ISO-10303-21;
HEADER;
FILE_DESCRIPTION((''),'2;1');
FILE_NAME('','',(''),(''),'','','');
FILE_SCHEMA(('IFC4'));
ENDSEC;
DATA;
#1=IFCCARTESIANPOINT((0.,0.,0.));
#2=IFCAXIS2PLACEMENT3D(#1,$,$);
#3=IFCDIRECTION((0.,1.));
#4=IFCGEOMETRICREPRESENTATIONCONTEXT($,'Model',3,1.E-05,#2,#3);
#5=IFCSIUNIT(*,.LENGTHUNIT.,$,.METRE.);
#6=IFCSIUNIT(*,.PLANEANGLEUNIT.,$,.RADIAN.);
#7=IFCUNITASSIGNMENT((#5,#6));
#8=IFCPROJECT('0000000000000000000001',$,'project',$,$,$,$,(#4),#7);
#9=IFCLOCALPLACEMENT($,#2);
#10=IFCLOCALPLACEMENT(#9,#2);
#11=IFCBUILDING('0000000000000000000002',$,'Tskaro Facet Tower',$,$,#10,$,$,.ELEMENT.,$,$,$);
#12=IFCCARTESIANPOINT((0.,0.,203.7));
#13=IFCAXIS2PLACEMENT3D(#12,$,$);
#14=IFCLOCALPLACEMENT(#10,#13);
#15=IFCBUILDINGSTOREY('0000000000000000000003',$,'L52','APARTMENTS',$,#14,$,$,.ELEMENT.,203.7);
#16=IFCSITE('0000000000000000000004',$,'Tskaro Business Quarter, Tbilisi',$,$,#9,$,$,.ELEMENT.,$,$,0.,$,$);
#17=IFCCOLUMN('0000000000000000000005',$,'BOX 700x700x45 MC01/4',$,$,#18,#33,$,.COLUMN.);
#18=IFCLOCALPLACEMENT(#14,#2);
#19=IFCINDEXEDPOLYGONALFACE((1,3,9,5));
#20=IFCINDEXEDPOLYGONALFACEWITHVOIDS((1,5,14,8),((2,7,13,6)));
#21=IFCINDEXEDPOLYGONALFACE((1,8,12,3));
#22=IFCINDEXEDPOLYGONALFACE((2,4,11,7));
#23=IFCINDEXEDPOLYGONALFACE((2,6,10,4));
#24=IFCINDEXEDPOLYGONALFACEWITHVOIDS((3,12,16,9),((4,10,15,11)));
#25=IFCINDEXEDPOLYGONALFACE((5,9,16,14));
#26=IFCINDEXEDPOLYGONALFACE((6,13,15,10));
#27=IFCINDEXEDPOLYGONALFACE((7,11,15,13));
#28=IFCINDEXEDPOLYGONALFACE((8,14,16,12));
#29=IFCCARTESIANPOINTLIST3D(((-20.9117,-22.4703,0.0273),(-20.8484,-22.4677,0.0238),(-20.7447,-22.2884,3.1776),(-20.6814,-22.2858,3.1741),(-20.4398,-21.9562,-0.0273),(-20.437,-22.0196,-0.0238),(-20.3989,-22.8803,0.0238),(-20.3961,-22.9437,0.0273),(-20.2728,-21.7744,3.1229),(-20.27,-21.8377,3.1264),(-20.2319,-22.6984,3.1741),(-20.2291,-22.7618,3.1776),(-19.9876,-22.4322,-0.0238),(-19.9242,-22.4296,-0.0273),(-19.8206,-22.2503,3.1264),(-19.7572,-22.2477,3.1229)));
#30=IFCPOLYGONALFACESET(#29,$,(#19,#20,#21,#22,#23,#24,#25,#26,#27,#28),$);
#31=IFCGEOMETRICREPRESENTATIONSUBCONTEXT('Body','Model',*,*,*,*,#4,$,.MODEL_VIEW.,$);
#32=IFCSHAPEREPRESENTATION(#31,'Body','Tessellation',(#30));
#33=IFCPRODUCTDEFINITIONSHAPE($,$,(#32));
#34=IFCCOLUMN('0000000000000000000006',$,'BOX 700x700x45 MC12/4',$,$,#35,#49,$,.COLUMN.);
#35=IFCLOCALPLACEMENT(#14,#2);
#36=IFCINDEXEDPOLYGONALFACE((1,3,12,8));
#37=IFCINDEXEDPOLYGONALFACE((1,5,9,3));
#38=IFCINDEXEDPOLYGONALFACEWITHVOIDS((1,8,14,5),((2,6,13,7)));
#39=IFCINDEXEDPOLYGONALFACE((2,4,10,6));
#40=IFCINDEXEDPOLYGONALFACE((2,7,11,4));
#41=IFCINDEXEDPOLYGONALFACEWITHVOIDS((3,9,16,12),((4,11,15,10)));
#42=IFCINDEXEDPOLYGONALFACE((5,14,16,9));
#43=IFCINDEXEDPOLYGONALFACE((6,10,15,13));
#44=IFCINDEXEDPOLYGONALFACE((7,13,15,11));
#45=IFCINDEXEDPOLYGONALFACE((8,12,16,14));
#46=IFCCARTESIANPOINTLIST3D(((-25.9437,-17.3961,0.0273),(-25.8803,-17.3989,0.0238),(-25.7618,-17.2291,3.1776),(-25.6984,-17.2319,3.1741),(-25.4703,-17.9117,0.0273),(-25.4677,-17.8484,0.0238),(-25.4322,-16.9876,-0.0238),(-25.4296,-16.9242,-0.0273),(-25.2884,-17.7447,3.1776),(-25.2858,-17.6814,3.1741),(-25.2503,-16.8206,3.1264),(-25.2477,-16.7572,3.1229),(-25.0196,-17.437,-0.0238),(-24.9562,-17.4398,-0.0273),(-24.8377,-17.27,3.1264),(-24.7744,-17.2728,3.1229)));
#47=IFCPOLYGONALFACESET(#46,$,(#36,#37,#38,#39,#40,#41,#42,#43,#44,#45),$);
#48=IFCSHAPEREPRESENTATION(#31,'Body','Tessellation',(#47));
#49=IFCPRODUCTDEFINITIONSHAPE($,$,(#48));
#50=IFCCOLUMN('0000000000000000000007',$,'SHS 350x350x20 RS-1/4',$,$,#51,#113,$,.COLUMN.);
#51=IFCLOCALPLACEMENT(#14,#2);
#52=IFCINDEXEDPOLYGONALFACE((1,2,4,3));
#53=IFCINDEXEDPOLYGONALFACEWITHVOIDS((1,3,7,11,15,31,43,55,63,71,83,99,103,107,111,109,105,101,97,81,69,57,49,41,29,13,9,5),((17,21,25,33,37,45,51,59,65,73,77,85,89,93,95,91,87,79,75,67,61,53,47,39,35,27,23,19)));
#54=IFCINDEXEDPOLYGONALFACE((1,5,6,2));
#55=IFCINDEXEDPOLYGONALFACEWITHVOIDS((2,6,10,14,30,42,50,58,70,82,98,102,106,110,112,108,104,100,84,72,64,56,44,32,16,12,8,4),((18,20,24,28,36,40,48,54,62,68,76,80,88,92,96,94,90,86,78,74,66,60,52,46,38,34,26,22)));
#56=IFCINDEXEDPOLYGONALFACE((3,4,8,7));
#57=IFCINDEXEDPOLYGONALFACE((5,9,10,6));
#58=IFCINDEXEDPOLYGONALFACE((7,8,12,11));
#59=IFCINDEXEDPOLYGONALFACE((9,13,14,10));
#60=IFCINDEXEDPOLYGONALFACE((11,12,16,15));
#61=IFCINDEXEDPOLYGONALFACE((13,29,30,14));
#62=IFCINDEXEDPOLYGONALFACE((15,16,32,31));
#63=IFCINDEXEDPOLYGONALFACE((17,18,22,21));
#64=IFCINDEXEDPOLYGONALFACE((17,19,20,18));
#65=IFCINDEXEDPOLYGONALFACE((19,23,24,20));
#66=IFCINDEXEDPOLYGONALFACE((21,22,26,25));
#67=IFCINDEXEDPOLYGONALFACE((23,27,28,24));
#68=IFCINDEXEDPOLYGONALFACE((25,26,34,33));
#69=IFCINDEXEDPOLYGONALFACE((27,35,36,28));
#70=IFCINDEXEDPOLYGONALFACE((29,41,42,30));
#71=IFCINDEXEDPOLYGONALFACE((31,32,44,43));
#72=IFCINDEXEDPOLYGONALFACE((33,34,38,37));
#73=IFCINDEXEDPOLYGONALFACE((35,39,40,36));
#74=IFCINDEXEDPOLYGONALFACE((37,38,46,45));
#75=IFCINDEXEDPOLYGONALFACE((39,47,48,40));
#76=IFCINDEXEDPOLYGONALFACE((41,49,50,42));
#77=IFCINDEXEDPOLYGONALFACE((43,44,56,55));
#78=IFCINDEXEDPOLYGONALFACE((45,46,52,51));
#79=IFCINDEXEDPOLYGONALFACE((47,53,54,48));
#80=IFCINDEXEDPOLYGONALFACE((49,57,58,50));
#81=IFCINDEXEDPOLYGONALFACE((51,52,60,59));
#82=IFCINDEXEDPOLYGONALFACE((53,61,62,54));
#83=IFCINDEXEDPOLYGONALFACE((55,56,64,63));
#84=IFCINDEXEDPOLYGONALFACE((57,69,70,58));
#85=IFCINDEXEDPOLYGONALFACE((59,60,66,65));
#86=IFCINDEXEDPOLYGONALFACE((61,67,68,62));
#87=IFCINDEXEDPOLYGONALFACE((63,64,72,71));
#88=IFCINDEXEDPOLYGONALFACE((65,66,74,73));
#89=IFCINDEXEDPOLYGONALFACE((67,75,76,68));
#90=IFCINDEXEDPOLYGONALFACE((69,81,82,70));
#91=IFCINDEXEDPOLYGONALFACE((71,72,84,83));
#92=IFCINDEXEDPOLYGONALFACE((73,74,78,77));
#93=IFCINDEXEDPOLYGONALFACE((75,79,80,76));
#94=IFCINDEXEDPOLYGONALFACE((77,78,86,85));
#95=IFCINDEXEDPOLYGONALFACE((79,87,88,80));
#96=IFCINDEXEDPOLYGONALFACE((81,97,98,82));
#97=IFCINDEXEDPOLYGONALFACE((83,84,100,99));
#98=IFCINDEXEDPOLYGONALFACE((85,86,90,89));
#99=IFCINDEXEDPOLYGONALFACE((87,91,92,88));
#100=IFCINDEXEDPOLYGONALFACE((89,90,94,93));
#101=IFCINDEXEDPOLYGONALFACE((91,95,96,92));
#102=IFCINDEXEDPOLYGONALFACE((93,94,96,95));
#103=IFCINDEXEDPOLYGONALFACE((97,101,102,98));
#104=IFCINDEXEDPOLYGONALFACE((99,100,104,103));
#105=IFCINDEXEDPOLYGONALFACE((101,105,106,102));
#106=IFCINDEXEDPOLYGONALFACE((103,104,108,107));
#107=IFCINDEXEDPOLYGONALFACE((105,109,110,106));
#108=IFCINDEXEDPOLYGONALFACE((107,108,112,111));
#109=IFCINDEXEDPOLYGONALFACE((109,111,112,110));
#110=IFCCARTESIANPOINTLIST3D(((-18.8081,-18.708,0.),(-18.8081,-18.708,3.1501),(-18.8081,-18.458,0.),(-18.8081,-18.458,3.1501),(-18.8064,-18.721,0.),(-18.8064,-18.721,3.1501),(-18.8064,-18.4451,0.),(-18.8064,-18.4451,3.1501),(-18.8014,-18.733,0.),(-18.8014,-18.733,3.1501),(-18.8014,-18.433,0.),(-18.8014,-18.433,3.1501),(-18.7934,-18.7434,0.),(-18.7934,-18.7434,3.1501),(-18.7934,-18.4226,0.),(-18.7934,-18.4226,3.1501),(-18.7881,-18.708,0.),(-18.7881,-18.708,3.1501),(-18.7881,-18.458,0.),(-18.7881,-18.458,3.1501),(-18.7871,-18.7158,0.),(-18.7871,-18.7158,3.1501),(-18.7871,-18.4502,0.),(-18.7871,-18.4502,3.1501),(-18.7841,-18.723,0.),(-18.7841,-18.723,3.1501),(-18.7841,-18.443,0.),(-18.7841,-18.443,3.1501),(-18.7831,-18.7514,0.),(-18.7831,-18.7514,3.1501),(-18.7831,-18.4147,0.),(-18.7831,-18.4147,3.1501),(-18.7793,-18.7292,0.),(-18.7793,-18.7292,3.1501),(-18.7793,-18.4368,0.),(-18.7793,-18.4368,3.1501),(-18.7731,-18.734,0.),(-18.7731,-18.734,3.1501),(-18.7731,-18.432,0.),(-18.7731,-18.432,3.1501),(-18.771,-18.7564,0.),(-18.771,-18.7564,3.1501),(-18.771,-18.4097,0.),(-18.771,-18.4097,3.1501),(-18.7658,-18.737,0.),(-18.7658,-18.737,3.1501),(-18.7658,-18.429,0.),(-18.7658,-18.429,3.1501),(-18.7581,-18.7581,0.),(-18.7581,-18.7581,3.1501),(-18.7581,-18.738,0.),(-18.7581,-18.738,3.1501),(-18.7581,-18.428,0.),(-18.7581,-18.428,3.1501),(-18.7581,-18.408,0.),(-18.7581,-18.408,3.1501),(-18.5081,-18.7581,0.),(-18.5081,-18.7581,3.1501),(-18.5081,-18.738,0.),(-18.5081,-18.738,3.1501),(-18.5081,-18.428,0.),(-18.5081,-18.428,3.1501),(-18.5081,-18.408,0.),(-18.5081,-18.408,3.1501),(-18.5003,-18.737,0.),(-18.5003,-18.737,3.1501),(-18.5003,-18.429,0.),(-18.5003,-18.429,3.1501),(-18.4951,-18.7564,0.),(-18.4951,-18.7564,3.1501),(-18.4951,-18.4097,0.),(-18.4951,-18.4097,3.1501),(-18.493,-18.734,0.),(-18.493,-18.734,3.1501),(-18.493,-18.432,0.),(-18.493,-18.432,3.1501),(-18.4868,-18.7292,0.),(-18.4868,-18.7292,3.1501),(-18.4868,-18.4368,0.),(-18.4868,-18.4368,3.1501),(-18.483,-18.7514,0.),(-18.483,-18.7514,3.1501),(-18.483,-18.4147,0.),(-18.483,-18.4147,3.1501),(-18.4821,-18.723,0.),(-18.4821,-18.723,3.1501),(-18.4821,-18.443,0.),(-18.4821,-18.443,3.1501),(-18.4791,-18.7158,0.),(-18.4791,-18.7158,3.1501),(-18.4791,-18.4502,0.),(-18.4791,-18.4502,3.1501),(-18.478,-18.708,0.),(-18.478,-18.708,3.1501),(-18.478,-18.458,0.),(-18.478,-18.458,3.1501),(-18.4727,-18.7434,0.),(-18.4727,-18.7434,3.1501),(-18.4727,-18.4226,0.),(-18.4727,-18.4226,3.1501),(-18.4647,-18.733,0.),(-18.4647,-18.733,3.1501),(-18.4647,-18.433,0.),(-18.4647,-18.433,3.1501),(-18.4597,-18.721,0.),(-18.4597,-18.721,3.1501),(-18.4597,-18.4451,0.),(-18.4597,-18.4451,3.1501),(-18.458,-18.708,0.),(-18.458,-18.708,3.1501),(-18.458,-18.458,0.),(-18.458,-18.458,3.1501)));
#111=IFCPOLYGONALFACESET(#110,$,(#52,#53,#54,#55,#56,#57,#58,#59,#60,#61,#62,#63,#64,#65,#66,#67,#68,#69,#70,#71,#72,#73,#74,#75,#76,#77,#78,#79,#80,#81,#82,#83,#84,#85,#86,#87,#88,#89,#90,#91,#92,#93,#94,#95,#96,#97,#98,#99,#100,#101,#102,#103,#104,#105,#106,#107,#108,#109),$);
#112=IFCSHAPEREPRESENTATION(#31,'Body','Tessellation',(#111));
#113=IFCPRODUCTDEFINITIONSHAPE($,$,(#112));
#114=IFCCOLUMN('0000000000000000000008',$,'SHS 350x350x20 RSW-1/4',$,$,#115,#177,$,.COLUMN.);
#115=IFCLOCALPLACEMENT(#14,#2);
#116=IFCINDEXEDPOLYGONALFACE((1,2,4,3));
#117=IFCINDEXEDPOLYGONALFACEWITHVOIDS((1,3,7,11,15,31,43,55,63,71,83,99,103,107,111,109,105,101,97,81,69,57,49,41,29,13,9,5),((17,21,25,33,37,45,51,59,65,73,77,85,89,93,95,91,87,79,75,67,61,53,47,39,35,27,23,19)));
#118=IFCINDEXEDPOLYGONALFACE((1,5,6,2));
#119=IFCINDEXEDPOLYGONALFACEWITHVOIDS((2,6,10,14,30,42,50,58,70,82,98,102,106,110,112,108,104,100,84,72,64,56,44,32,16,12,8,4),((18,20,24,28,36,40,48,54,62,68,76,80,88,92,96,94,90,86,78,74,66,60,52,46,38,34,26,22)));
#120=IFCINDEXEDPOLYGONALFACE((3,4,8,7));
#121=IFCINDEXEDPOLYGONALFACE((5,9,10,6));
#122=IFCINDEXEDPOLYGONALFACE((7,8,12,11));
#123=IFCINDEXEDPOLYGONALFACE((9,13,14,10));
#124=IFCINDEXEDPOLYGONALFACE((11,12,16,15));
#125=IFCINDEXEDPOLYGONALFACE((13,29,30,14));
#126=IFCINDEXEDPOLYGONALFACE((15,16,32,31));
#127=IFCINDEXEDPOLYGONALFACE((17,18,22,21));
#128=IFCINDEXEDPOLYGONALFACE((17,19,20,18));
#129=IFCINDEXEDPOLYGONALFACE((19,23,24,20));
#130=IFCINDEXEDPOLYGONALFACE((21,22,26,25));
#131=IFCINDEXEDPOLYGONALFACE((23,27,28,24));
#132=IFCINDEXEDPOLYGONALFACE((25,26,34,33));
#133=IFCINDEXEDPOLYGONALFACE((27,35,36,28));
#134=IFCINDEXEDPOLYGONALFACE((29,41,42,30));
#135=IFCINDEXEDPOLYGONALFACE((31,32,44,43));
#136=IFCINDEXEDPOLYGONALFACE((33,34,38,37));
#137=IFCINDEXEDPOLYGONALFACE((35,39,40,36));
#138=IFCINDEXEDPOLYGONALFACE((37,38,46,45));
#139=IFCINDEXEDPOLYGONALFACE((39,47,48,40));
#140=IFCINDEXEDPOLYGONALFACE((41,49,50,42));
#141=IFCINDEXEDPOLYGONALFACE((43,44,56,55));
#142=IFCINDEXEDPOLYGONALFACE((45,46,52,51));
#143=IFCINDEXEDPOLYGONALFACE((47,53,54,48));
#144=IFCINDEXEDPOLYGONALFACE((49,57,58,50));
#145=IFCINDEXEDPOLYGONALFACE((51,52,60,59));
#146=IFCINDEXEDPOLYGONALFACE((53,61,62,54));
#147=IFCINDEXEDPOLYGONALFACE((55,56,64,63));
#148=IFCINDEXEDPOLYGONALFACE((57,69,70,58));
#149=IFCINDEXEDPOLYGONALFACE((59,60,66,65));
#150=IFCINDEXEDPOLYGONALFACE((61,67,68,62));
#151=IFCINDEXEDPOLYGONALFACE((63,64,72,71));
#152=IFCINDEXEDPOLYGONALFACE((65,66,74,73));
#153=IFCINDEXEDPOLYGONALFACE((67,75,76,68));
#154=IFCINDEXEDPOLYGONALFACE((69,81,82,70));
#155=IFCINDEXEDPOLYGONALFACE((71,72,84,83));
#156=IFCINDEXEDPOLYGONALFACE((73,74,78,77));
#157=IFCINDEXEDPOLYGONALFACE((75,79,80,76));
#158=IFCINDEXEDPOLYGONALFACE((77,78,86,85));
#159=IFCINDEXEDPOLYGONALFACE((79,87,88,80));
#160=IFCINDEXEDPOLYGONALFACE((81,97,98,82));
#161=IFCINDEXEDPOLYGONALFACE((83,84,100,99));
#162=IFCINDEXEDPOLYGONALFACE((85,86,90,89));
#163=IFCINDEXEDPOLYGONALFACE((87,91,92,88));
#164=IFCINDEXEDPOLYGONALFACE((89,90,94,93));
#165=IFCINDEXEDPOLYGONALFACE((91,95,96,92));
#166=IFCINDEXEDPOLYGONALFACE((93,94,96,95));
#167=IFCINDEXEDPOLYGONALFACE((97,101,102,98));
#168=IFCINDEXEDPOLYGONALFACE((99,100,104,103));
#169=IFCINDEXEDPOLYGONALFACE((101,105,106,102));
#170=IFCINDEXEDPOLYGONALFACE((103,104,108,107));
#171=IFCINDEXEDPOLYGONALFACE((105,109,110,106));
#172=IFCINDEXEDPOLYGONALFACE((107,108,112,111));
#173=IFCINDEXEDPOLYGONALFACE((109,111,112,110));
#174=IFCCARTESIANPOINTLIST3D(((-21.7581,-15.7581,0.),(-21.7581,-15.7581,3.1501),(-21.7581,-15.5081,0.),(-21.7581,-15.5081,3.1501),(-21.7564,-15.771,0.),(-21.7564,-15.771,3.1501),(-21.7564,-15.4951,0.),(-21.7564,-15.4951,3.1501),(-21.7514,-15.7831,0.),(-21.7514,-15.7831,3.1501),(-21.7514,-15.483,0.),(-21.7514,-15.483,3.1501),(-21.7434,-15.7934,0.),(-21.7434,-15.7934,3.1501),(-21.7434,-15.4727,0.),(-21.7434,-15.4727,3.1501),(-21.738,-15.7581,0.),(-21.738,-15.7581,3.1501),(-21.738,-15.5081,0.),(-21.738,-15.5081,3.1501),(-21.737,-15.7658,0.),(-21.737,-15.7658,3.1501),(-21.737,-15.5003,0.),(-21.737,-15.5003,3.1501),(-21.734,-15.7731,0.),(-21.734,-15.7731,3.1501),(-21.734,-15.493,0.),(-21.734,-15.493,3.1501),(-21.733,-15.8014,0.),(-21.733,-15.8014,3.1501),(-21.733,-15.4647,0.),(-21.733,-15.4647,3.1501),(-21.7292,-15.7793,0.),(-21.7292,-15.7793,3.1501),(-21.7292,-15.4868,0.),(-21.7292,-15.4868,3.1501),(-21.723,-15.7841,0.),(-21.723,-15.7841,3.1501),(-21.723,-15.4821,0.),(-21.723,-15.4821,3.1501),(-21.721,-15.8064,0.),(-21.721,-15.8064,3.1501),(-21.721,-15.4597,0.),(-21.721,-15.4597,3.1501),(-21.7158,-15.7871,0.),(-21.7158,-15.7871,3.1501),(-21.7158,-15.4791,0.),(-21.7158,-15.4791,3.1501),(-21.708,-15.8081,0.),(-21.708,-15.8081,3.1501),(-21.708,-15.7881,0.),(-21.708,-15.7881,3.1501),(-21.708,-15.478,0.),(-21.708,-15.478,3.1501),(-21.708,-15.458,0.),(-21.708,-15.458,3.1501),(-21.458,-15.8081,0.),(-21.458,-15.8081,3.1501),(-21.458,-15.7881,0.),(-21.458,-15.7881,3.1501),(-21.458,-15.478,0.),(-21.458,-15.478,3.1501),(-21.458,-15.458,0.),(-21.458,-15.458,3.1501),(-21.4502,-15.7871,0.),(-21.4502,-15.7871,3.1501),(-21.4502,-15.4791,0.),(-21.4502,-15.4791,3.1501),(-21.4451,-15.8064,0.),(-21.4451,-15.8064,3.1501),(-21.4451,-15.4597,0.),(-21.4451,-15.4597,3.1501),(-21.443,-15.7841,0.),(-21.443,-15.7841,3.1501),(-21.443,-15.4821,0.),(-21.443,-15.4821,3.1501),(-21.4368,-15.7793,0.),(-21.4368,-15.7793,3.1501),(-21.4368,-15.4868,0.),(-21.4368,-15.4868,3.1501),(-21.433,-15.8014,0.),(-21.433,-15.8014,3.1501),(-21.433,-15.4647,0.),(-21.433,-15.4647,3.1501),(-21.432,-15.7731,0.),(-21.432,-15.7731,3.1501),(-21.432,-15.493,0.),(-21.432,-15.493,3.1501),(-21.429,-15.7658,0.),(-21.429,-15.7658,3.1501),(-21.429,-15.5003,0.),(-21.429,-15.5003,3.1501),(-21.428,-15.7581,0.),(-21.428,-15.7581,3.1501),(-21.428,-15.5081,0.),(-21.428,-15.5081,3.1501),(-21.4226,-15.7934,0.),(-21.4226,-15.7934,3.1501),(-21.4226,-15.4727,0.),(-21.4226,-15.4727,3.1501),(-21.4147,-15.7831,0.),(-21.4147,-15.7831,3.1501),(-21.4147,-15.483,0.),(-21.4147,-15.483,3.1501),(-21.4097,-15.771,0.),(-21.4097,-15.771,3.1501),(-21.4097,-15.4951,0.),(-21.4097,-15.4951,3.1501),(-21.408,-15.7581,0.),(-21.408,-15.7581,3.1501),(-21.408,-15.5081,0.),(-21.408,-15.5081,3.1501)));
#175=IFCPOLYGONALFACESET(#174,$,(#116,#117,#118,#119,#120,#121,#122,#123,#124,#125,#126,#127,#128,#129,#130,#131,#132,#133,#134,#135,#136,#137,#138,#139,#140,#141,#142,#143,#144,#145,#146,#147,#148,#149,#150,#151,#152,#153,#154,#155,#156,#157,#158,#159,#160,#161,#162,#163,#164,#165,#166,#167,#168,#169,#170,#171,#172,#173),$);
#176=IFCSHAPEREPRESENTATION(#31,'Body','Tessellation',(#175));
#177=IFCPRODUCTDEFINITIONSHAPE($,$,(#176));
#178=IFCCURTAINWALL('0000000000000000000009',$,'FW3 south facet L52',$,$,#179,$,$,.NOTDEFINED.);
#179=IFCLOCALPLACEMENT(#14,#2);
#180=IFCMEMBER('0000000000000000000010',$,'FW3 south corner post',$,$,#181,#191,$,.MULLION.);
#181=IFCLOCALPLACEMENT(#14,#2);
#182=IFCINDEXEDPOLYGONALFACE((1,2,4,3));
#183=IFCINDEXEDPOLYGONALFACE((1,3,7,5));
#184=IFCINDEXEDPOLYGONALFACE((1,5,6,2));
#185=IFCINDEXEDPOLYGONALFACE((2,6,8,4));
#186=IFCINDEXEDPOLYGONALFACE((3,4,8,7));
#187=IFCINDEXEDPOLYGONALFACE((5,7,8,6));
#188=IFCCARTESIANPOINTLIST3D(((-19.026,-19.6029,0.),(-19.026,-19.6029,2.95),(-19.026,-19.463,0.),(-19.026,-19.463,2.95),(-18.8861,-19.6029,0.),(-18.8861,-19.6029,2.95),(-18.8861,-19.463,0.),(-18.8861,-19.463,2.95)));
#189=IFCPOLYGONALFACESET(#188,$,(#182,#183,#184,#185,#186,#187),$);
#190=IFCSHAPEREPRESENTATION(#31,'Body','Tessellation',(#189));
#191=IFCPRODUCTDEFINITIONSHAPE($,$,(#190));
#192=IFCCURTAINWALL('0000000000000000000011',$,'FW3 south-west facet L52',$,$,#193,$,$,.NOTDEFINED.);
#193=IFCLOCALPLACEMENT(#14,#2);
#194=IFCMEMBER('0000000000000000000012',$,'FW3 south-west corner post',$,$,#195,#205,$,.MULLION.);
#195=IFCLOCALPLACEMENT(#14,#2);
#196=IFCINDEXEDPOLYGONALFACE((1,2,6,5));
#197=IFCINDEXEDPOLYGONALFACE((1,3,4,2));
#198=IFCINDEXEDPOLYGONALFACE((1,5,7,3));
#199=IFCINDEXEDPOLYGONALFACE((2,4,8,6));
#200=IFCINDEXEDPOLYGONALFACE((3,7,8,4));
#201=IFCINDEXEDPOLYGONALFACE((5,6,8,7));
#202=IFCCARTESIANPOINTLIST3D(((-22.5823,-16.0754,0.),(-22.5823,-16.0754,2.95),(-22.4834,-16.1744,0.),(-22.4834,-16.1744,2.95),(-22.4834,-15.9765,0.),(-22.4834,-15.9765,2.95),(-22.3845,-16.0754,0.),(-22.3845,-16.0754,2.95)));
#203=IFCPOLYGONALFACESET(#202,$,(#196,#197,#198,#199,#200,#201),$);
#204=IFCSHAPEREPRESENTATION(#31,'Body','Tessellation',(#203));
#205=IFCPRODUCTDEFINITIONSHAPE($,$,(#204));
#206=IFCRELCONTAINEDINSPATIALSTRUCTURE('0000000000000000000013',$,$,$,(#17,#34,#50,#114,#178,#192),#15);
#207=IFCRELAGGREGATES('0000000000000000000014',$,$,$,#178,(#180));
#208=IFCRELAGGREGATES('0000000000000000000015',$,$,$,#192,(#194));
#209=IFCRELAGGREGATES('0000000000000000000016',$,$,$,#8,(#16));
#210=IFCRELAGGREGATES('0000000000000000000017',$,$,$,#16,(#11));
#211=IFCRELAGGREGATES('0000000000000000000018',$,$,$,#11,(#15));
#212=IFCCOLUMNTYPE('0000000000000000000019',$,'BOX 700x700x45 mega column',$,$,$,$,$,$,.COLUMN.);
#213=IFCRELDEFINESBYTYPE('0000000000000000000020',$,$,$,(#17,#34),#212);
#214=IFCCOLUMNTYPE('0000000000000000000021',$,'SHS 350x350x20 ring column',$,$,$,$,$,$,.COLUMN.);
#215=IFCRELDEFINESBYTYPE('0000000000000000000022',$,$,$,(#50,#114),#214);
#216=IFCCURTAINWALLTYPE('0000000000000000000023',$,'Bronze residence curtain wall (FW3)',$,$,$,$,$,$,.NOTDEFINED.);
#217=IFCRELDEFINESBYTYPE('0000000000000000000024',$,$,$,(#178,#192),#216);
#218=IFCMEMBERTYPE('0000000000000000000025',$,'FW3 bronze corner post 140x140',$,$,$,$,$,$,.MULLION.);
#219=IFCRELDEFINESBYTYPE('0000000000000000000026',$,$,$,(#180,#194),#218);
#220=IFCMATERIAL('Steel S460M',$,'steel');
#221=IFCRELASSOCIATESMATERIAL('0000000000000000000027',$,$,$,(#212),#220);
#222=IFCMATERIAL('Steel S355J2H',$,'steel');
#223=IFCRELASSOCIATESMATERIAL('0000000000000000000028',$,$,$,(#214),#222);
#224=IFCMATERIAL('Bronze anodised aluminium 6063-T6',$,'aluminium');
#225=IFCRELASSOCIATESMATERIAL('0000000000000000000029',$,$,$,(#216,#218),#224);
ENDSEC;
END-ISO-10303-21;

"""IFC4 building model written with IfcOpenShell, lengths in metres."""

from ifc_helpers import new_model, si_unit, direction, frame, origin, origin_2d, place, context, subcontext, project, spatial, rectangle, hollow_rectangle, extrude, material, material_profile, profile_set, type_object, element, aggregate, save


model = new_model("IFC4")

# Units and contexts
model_context = context("Model", 3, precision=1e-05, world=origin(), true_north=direction((0.0, 1.0)))
body_context = subcontext(model_context, "Body", "Model", "MODEL_VIEW")
ifc_project = project(units=[si_unit("LENGTHUNIT", "METRE"), si_unit("PLANEANGLEUNIT", "RADIAN")], contexts=[model_context])

# Site, building, storey
site_placement = place(None, origin())
site = spatial("IfcSite", under=ifc_project, at=site_placement, Name="Tskaro Business Quarter, Tbilisi", CompositionType="ELEMENT", RefElevation=0.0)
building_placement = place(site_placement, origin())
building = spatial("IfcBuilding", under=site, at=building_placement, Name="Tskaro Facet Tower", CompositionType="ELEMENT")
storey_placement = place(building_placement, frame((0.0, 0.0, 203.7)))
storey = spatial("IfcBuildingStorey", under=building, at=storey_placement, Name="L52", Description="APARTMENTS", CompositionType="ELEMENT", Elevation=203.7)

# Columns
ifc_material_1 = material(Name="Steel S460M", Category="steel")
ifc_material_profile_1 = material_profile(ifc_material_1, hollow_rectangle(XDim=0.7, YDim=0.7, WallThickness=0.0449, at=origin_2d()), Name="BOX 700x700x45")
ifc_profile_set_1 = profile_set([ifc_material_profile_1], Name="Steel S460M")
column_type_1 = type_object("IfcColumnType", Name="BOX 700x700x45 mega column", PredefinedType="COLUMN", material=ifc_profile_set_1)
for number, where, z_axis, x_axis, name in (
    (1, (-20.418, -22.45, 0.0), (0.052849, 0.057562, 0.996942), (-0.73662, 0.676306, 0.0), "BOX 700x700x45 MC01/4"),
    (2, (-25.45, -17.418, 0.0), (0.057562, 0.052849, 0.996942), (-0.676306, 0.73662, 0.0), "BOX 700x700x45 MC12/4"),
):
    element("IfcColumn", number, at=place(storey_placement, frame(where, z_axis=z_axis, x_axis=x_axis)), inside=storey, type_object=column_type_1, Name=name, PredefinedType="COLUMN", context=body_context, shape_type="SweptSolid", body=[
        extrude(hollow_rectangle(XDim=0.7, YDim=0.7, WallThickness=0.0449, at=origin_2d()), origin(), (0.0, 0.0, 1.0), 3.1599),
    ])
ifc_material_2 = material(Name="Steel S355J2H", Category="steel")
ifc_material_profile_2 = material_profile(ifc_material_2, hollow_rectangle(XDim=0.3501, YDim=0.3501, WallThickness=0.02, InnerFilletRadius=0.03, OuterFilletRadius=0.05, at=origin_2d()), Name="SHS 350x350x20")
ifc_profile_set_2 = profile_set([ifc_material_profile_2], Name="Steel S355J2H")
column_type_2 = type_object("IfcColumnType", Name="SHS 350x350x20 ring column", PredefinedType="COLUMN", material=ifc_profile_set_2)
for number, where, z_axis, x_axis, name in (
    (3, (-18.6331, -18.583, 0.0), (0.0, 0.0, 1.0), (1.0, 0.0, 0.0), "SHS 350x350x20 RS-1/4"),
    (4, (-21.583, -15.6331, 0.0), (0.0, 0.0, 1.0), (1.0, 0.0, 0.0), "SHS 350x350x20 RSW-1/4"),
):
    element("IfcColumn", number, at=place(storey_placement, frame(where, z_axis=z_axis, x_axis=x_axis)), inside=storey, type_object=column_type_2, Name=name, PredefinedType="COLUMN", context=body_context, shape_type="SweptSolid", body=[
        extrude(hollow_rectangle(XDim=0.3501, YDim=0.3501, WallThickness=0.02, InnerFilletRadius=0.03, OuterFilletRadius=0.05, at=origin_2d()), origin(), (0.0, 0.0, 1.0), 3.1501),
    ])

# Curtain walls, members
ifc_material_3 = material(Name="Bronze anodised aluminium 6063-T6", Category="aluminium")
curtain_wall_type = type_object("IfcCurtainWallType", Name="Bronze residence curtain wall (FW3)", PredefinedType="NOTDEFINED", material=ifc_material_3)
curtain_wall_1_placement = place(storey_placement, origin())
curtain_wall_1 = element("IfcCurtainWall", 5, at=curtain_wall_1_placement, inside=storey, type_object=curtain_wall_type, Name="FW3 south facet L52", PredefinedType="NOTDEFINED")
ifc_material_profile_3 = material_profile(ifc_material_3, rectangle(XDim=0.1399, YDim=0.1399, at=origin_2d()), Name="Corner post 140x140")
ifc_profile_set_3 = profile_set([ifc_material_profile_3], Name="Bronze anodised aluminium 6063-T6")
member_type_1 = type_object("IfcMemberType", Name="FW3 bronze corner post 140x140", PredefinedType="MULLION", material=ifc_profile_set_3)
member_1_placement = place(storey_placement, frame((-18.9561, -19.533, 0.0), z_axis=(0.0, 0.0, 1.0), x_axis=(1.0, 0.0, 0.0)))
member_1 = element("IfcMember", 6, at=member_1_placement, type_object=member_type_1, Name="FW3 south corner post", PredefinedType="MULLION", context=body_context, shape_type="SweptSolid", body=[
    extrude(rectangle(XDim=0.1399, YDim=0.1399, at=origin_2d()), origin(), (0.0, 0.0, 1.0), 2.95),
])
curtain_wall_2_placement = place(storey_placement, origin())
curtain_wall_2 = element("IfcCurtainWall", 7, at=curtain_wall_2_placement, inside=storey, type_object=curtain_wall_type, Name="FW3 south-west facet L52", PredefinedType="NOTDEFINED")
member_2_placement = place(storey_placement, frame((-22.4834, -16.0754, 0.0), z_axis=(0.0, 0.0, 1.0), x_axis=(0.707107, -0.707107, 0.0)))
member_2 = element("IfcMember", 8, at=member_2_placement, type_object=member_type_1, Name="FW3 south-west corner post", PredefinedType="MULLION", context=body_context, shape_type="SweptSolid", body=[
    extrude(rectangle(XDim=0.1399, YDim=0.1399, at=origin_2d()), origin(), (0.0, 0.0, 1.0), 2.95),
])

aggregate(curtain_wall_1, [member_1])

aggregate(curtain_wall_2, [member_2])

save(model, "model.ifc")
